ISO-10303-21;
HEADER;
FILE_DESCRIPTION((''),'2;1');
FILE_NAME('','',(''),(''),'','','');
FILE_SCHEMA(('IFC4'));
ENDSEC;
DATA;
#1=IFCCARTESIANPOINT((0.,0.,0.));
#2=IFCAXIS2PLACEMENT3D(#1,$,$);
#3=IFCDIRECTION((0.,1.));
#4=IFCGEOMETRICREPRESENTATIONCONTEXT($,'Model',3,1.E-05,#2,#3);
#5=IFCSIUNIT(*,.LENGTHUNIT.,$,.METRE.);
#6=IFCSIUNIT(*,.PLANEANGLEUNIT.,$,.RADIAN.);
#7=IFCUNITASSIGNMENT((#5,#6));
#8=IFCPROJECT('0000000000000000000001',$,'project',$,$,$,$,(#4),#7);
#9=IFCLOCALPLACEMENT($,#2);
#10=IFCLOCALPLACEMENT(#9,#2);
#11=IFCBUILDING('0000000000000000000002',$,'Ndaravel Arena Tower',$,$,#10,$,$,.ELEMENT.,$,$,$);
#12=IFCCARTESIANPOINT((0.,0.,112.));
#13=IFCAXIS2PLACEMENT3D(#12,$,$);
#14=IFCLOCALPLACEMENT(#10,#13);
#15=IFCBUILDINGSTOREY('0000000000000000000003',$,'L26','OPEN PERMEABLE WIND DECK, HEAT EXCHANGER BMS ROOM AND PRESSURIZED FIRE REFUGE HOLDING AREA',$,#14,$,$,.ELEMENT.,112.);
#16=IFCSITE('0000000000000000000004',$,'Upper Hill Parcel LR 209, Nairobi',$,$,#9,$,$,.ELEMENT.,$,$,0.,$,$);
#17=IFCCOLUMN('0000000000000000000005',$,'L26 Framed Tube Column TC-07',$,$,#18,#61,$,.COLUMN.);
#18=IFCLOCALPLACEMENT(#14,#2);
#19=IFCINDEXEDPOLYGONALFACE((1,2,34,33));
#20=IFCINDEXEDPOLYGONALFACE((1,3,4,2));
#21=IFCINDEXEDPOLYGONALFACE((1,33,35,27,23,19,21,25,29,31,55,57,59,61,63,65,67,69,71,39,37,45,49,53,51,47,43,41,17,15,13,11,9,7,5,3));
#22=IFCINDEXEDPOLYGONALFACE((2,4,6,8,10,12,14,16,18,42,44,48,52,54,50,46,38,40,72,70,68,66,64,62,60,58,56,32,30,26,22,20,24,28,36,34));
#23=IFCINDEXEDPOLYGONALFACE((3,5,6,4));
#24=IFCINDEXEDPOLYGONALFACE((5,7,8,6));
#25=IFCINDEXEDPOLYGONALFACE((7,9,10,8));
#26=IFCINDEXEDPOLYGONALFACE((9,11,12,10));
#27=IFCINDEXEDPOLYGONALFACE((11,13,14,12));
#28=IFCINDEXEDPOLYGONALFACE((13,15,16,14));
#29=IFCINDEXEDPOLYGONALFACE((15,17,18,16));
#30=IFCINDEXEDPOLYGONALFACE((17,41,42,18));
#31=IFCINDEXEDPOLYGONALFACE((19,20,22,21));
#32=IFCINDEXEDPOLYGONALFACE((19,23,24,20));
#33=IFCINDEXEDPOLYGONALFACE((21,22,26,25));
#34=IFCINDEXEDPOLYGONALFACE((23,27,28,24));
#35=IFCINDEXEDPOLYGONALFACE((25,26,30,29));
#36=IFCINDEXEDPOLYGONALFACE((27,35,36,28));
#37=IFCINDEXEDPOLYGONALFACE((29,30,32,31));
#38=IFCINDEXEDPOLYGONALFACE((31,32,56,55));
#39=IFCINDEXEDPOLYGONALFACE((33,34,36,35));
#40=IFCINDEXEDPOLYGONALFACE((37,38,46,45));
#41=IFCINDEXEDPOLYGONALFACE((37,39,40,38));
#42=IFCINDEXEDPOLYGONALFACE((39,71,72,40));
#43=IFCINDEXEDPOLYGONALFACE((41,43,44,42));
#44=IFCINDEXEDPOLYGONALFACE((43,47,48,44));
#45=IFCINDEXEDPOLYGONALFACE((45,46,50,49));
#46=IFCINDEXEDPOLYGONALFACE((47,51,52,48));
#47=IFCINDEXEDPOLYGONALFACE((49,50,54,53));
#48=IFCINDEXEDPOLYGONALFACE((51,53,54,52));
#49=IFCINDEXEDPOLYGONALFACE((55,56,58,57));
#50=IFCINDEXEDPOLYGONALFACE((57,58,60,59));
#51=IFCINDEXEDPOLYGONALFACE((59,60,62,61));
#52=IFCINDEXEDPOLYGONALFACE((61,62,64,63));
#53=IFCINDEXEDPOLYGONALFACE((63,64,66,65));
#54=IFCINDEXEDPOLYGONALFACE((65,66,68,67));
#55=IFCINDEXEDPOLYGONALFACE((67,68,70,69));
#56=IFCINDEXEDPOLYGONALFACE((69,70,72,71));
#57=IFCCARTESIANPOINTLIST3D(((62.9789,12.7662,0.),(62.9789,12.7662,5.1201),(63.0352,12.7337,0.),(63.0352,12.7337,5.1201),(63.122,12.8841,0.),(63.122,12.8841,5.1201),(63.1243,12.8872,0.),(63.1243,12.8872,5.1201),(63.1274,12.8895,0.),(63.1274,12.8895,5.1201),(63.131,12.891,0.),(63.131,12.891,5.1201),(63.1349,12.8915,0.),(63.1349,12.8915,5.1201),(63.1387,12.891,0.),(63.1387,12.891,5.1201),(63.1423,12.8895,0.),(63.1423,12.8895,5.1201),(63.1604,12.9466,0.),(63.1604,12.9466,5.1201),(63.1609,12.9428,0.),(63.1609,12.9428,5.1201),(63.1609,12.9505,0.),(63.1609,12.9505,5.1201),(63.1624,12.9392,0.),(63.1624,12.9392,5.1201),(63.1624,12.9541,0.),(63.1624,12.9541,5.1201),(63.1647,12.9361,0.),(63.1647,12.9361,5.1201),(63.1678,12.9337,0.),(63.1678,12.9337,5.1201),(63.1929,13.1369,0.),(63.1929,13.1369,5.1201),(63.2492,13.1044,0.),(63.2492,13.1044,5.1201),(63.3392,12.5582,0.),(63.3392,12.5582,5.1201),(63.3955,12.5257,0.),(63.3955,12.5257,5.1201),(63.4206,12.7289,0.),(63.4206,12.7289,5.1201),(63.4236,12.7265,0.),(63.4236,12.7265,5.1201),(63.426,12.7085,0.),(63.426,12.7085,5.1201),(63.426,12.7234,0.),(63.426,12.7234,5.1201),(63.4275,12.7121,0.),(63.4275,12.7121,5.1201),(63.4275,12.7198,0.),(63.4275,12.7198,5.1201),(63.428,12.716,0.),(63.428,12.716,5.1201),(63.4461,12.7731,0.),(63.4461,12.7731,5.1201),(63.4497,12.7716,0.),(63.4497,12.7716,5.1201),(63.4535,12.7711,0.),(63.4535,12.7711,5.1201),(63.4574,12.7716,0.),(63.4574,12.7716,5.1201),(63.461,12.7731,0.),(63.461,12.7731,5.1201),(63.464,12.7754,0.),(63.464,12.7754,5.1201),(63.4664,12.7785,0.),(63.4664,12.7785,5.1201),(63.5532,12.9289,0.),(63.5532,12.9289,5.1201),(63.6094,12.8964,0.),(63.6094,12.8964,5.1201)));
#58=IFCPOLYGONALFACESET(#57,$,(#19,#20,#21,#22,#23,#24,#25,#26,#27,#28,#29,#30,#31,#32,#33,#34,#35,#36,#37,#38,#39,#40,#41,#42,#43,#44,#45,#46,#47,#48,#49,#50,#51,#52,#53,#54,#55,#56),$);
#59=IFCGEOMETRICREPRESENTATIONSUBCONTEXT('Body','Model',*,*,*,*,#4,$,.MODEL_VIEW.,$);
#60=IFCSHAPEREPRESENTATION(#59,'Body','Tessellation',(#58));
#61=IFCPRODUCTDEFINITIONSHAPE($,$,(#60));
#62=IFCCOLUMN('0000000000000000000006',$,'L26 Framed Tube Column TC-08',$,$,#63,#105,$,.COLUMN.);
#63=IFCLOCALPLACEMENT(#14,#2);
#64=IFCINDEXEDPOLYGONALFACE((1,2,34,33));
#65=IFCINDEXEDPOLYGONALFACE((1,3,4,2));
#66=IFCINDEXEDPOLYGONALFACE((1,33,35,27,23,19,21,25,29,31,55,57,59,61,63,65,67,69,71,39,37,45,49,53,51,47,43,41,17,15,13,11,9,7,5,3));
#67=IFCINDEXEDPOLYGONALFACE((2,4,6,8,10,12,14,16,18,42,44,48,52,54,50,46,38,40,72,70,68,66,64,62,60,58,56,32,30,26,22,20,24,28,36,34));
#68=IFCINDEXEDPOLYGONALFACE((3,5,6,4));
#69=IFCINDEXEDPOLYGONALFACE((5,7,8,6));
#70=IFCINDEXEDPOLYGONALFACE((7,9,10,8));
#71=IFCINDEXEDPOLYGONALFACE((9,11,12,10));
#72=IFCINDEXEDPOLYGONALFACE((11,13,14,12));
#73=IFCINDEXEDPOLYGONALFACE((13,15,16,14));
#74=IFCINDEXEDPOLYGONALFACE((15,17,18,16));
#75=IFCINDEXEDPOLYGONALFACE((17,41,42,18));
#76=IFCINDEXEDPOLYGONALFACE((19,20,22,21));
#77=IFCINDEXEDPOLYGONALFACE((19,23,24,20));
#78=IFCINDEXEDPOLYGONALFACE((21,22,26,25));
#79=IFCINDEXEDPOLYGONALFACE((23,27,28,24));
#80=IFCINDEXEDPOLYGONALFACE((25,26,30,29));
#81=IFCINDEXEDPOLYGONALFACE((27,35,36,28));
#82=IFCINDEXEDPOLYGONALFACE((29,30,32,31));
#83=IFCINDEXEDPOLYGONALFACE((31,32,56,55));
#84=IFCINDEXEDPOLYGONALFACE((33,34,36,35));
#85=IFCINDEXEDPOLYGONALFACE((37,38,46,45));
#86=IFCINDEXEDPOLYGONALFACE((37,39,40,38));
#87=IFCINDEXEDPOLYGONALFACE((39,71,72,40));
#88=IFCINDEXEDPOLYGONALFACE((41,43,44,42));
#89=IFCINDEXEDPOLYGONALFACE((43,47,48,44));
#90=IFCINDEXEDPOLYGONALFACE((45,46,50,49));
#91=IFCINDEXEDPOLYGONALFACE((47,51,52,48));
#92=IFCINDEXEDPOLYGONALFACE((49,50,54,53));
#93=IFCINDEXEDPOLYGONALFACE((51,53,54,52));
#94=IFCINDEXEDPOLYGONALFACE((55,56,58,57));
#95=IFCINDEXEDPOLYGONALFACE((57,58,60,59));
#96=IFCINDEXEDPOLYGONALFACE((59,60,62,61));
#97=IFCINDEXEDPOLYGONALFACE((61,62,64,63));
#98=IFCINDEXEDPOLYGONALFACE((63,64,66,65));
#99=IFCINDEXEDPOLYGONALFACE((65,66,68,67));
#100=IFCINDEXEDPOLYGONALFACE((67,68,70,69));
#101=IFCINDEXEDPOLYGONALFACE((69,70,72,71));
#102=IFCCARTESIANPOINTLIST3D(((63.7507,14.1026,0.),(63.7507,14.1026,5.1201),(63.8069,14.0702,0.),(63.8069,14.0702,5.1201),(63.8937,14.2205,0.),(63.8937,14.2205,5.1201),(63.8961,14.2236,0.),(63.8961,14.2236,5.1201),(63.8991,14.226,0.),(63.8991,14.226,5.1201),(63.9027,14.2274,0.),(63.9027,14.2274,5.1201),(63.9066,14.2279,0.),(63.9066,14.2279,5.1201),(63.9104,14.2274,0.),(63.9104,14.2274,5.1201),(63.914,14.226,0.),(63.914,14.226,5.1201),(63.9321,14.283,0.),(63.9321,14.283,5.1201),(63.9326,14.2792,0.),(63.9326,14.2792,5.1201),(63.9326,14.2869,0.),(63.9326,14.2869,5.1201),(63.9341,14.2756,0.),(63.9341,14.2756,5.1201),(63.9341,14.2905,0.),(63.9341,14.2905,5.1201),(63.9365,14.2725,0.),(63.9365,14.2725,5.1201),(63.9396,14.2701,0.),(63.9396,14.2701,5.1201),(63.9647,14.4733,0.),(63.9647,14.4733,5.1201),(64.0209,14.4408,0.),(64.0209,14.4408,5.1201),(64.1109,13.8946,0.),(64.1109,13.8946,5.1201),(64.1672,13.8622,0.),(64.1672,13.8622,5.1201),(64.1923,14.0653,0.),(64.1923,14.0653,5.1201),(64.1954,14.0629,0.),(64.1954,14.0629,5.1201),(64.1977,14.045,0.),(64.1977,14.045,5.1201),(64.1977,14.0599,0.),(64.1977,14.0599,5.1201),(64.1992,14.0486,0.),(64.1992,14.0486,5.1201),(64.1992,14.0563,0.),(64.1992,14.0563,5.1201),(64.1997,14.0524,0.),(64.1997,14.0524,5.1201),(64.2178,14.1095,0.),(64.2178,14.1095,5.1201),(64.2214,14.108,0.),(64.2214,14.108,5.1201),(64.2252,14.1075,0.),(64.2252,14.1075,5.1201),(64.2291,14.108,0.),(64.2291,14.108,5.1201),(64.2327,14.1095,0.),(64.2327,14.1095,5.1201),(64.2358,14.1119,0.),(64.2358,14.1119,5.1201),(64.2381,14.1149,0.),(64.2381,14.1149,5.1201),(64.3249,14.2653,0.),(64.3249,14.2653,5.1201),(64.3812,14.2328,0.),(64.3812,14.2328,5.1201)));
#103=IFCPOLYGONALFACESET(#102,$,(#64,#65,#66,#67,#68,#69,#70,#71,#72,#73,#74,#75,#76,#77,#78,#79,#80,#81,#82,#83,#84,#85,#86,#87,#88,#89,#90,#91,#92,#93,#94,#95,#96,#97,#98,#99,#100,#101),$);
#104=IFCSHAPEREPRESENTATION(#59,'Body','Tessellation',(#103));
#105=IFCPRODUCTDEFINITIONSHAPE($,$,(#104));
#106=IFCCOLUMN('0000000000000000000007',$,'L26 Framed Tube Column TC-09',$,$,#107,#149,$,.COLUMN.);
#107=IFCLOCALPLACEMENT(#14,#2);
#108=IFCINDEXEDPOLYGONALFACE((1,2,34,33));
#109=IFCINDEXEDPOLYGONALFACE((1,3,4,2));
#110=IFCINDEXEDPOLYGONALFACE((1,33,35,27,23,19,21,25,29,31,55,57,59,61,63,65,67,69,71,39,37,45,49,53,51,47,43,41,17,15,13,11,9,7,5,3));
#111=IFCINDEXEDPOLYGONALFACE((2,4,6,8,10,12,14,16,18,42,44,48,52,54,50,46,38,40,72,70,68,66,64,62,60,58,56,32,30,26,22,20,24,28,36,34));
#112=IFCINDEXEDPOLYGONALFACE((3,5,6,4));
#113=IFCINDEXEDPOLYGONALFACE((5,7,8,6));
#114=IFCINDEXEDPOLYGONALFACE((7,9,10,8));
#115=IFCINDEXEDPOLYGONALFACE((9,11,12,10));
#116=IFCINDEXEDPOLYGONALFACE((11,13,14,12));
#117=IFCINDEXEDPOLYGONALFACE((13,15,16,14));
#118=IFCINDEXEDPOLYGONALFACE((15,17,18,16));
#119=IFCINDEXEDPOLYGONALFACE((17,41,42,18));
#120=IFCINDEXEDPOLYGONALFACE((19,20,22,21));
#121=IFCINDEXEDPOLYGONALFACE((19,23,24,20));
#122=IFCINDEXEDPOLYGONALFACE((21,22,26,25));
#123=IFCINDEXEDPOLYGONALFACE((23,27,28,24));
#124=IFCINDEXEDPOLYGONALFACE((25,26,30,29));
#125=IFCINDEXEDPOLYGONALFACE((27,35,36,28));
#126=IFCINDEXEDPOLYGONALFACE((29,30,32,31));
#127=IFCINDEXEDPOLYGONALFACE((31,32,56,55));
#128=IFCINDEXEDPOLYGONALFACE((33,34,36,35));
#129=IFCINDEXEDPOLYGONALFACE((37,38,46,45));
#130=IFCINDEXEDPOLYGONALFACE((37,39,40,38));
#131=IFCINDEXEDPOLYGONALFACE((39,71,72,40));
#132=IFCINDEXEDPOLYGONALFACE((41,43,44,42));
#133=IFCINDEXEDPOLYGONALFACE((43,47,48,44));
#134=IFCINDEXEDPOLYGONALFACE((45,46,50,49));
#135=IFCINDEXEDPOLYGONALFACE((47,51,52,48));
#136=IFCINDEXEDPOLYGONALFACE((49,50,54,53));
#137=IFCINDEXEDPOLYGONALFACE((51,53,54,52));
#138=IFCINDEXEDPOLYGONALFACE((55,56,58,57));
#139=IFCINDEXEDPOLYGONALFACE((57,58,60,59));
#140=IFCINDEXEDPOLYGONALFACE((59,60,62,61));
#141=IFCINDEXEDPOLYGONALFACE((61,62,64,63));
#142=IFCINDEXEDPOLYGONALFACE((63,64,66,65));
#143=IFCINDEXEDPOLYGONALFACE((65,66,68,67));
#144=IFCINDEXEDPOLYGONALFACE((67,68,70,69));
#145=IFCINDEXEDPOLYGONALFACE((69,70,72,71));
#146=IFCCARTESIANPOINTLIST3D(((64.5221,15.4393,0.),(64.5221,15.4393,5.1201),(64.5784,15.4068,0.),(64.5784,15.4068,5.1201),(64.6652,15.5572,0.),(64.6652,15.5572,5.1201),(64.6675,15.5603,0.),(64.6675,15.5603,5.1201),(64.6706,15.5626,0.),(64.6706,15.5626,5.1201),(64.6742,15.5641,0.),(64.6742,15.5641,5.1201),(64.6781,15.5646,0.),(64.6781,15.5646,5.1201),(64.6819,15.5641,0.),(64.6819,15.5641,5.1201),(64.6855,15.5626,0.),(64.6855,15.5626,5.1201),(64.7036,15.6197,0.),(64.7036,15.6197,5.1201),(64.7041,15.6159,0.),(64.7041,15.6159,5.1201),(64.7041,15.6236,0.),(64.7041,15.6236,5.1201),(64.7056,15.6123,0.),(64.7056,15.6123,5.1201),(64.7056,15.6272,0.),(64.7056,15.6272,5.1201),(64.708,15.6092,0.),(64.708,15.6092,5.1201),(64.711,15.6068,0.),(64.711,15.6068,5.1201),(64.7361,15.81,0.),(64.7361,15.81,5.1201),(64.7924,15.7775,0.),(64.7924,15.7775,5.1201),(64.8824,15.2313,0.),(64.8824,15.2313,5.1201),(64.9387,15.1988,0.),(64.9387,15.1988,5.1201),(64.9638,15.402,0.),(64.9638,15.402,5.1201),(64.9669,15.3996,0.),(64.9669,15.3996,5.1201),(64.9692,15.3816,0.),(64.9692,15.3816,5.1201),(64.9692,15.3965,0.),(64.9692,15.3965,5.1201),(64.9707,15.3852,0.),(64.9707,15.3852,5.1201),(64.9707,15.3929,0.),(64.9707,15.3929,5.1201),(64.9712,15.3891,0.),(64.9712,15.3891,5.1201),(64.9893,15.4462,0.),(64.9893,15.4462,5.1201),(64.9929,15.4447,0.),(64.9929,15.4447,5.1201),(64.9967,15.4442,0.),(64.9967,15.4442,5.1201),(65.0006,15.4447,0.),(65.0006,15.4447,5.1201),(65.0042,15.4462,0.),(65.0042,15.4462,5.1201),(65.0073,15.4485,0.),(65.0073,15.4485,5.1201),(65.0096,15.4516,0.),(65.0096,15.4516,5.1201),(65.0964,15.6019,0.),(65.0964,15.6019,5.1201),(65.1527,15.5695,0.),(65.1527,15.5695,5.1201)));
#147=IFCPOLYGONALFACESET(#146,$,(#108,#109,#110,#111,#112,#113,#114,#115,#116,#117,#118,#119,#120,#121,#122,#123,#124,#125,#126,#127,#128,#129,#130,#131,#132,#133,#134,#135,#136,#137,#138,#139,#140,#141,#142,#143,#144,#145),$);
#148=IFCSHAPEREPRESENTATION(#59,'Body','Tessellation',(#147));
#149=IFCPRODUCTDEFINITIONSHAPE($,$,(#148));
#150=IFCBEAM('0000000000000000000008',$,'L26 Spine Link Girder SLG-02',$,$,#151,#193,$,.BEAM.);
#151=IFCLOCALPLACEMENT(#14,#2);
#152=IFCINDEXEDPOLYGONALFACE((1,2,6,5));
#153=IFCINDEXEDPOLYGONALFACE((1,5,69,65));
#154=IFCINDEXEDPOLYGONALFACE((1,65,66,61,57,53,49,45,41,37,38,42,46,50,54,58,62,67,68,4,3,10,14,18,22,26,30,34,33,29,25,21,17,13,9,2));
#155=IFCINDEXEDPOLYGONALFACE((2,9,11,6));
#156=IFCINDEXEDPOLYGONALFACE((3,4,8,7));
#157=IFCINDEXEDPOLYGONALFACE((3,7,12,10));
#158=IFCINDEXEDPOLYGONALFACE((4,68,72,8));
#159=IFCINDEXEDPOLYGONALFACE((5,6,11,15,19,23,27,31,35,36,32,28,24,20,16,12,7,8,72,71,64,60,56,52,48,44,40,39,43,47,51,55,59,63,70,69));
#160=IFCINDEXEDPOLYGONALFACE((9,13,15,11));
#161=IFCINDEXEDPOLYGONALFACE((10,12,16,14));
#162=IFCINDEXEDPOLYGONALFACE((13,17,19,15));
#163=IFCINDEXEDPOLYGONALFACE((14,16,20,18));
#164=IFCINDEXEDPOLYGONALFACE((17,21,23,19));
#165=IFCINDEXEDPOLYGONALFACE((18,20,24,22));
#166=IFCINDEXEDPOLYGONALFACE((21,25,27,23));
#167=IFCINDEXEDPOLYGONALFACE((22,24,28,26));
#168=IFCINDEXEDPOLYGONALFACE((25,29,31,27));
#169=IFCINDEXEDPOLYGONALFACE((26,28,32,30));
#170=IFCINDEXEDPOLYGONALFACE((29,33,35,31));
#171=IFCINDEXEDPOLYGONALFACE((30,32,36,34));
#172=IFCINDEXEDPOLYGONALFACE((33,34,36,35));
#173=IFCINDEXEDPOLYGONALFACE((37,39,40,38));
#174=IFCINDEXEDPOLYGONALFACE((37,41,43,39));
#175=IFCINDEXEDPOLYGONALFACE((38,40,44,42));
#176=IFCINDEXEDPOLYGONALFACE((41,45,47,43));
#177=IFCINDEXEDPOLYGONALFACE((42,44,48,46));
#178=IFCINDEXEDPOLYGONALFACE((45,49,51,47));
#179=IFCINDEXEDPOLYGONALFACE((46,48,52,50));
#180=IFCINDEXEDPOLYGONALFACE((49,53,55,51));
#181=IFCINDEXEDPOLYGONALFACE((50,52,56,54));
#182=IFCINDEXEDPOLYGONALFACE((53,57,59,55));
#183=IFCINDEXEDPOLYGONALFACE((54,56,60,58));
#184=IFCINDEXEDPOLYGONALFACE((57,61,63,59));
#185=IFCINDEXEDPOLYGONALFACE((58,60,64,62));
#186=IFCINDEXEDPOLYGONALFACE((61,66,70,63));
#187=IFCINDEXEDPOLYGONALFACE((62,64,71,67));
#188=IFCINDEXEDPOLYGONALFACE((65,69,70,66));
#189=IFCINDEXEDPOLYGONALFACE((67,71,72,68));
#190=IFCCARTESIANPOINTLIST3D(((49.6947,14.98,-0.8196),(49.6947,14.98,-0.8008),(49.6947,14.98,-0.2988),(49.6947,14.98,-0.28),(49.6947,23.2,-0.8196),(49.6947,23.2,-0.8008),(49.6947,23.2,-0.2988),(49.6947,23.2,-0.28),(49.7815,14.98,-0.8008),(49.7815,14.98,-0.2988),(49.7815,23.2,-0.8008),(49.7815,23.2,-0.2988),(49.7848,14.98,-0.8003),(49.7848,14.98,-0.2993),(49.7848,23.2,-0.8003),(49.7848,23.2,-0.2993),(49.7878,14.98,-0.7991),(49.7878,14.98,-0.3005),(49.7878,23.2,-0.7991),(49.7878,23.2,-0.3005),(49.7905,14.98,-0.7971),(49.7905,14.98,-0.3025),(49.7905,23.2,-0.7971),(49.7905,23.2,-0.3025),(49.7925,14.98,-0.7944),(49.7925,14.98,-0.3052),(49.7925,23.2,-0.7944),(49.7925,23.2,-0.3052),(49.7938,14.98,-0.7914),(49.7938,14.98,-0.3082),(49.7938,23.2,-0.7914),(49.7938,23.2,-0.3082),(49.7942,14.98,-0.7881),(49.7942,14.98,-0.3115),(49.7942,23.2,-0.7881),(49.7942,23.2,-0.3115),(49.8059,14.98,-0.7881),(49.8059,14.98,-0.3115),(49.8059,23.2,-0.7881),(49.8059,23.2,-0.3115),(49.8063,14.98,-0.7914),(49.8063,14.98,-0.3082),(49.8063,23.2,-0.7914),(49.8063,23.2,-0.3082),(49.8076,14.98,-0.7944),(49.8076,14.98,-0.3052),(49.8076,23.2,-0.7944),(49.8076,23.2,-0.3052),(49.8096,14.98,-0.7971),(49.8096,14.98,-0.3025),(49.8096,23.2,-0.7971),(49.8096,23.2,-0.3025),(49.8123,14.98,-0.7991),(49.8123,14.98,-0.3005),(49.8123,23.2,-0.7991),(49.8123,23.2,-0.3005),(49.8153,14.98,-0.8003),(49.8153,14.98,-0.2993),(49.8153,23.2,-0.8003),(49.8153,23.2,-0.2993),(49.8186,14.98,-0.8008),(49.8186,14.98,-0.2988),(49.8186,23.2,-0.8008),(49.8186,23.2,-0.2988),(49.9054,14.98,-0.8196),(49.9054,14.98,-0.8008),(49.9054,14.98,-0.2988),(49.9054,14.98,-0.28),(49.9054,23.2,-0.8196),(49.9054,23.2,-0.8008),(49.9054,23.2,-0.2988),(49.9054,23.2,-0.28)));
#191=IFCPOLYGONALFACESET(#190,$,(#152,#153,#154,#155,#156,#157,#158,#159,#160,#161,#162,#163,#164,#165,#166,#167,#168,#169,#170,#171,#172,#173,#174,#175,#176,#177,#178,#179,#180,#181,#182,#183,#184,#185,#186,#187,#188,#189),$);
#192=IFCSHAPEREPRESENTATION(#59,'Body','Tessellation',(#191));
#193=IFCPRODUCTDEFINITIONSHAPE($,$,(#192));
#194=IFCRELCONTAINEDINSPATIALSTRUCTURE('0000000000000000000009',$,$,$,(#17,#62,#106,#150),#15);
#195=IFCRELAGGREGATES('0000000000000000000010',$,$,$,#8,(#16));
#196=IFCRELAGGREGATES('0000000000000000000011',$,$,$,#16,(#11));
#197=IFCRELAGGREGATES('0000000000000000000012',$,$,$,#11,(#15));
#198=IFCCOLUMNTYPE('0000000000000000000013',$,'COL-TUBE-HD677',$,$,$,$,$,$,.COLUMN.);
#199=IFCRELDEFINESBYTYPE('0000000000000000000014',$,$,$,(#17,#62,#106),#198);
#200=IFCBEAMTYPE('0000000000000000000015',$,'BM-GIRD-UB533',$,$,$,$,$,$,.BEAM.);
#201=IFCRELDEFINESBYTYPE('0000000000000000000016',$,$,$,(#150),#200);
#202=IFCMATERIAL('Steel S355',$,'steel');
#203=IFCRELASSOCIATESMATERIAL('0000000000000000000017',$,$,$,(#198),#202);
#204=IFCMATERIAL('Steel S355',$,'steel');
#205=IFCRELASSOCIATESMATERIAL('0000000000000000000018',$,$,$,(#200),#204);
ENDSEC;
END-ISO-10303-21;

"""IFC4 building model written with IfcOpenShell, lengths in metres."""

from ifc_helpers import new_model, si_unit, direction, frame, origin, origin_2d, place, context, subcontext, project, spatial, i_section, extrude, material, material_profile, profile_set, type_object, element, save


model = new_model("IFC4")

# Units and contexts
model_context = context("Model", 3, precision=1e-05, world=origin(), true_north=direction((0.0, 1.0)))
body_context = subcontext(model_context, "Body", "Model", "MODEL_VIEW")
ifc_project = project(units=[si_unit("LENGTHUNIT", "METRE"), si_unit("PLANEANGLEUNIT", "RADIAN")], contexts=[model_context])

# Site, building, storey
site_placement = place(None, origin())
site = spatial("IfcSite", under=ifc_project, at=site_placement, Name="Upper Hill Parcel LR 209, Nairobi", CompositionType="ELEMENT", RefElevation=0.0)
building_placement = place(site_placement, origin())
building = spatial("IfcBuilding", under=site, at=building_placement, Name="Ndaravel Arena Tower", CompositionType="ELEMENT")
storey_placement = place(building_placement, frame((0.0, 0.0, 112.0)))
storey = spatial("IfcBuildingStorey", under=building, at=storey_placement, Name="L26", Description="OPEN PERMEABLE WIND DECK, HEAT EXCHANGER BMS ROOM AND PRESSURIZED FIRE REFUGE HOLDING AREA", CompositionType="ELEMENT", Elevation=112.0)

# Columns
ifc_material_1 = material(Name="Steel S355", Category="steel")
ifc_material_profile_1 = material_profile(ifc_material_1, i_section(OverallWidth=0.428, OverallDepth=0.481, WebThickness=0.051, FlangeThickness=0.0649, FilletRadius=0.0149, at=origin_2d()), Name="HD 400x677")
ifc_profile_set_1 = profile_set([ifc_material_profile_1], Name="Steel S355")
column_type = type_object("IfcColumnType", Name="COL-TUBE-HD677", PredefinedType="COLUMN", material=ifc_profile_set_1)
for number, where, z_axis, x_axis, name in (
    (1, (63.2942, 12.8313, 0.0), (0.0, 0.0, 1.0), (0.5, 0.866025, 0.0), "L26 Framed Tube Column TC-07"),
    (2, (64.0659, 14.1677, 0.0), (0.0, 0.0, 1.0), (0.5, 0.866025, 0.0), "L26 Framed Tube Column TC-08"),
    (3, (64.8374, 15.5044, 0.0), (0.0, 0.0, 1.0), (0.5, 0.866025, 0.0), "L26 Framed Tube Column TC-09"),
):
    element("IfcColumn", number, at=place(storey_placement, frame(where, z_axis=z_axis, x_axis=x_axis)), inside=storey, type_object=column_type, Name=name, PredefinedType="COLUMN", context=body_context, shape_type="SweptSolid", body=[
        extrude(i_section(OverallWidth=0.428, OverallDepth=0.481, WebThickness=0.051, FlangeThickness=0.0649, FilletRadius=0.0149, at=origin_2d()), origin(), (0.0, 0.0, 1.0), 5.1201),
    ])

# Beam
ifc_material_2 = material(Name="Steel S355", Category="steel")
ifc_material_profile_2 = material_profile(ifc_material_2, i_section(OverallWidth=0.2107, OverallDepth=0.5396, WebThickness=0.0117, FlangeThickness=0.0188, FilletRadius=0.0127, at=origin_2d()), Name="UB 533x210x109")
ifc_profile_set_2 = profile_set([ifc_material_profile_2], Name="Steel S355")
beam_type_1 = type_object("IfcBeamType", Name="BM-GIRD-UB533", PredefinedType="BEAM", material=ifc_profile_set_2)
beam_1_placement = place(storey_placement, frame((49.8, 14.98, -0.5498), z_axis=(0.0, 1.0, 0.0), x_axis=(-1.0, 0.0, 0.0)))
element("IfcBeam", 4, at=beam_1_placement, inside=storey, type_object=beam_type_1, Name="L26 Spine Link Girder SLG-02", PredefinedType="BEAM", context=body_context, shape_type="SweptSolid", body=[
    extrude(i_section(OverallWidth=0.2107, OverallDepth=0.5396, WebThickness=0.0117, FlangeThickness=0.0188, FilletRadius=0.0127, at=origin_2d()), origin(), (0.0, 0.0, 1.0), 8.22),
])

save(model, "model.ifc")
